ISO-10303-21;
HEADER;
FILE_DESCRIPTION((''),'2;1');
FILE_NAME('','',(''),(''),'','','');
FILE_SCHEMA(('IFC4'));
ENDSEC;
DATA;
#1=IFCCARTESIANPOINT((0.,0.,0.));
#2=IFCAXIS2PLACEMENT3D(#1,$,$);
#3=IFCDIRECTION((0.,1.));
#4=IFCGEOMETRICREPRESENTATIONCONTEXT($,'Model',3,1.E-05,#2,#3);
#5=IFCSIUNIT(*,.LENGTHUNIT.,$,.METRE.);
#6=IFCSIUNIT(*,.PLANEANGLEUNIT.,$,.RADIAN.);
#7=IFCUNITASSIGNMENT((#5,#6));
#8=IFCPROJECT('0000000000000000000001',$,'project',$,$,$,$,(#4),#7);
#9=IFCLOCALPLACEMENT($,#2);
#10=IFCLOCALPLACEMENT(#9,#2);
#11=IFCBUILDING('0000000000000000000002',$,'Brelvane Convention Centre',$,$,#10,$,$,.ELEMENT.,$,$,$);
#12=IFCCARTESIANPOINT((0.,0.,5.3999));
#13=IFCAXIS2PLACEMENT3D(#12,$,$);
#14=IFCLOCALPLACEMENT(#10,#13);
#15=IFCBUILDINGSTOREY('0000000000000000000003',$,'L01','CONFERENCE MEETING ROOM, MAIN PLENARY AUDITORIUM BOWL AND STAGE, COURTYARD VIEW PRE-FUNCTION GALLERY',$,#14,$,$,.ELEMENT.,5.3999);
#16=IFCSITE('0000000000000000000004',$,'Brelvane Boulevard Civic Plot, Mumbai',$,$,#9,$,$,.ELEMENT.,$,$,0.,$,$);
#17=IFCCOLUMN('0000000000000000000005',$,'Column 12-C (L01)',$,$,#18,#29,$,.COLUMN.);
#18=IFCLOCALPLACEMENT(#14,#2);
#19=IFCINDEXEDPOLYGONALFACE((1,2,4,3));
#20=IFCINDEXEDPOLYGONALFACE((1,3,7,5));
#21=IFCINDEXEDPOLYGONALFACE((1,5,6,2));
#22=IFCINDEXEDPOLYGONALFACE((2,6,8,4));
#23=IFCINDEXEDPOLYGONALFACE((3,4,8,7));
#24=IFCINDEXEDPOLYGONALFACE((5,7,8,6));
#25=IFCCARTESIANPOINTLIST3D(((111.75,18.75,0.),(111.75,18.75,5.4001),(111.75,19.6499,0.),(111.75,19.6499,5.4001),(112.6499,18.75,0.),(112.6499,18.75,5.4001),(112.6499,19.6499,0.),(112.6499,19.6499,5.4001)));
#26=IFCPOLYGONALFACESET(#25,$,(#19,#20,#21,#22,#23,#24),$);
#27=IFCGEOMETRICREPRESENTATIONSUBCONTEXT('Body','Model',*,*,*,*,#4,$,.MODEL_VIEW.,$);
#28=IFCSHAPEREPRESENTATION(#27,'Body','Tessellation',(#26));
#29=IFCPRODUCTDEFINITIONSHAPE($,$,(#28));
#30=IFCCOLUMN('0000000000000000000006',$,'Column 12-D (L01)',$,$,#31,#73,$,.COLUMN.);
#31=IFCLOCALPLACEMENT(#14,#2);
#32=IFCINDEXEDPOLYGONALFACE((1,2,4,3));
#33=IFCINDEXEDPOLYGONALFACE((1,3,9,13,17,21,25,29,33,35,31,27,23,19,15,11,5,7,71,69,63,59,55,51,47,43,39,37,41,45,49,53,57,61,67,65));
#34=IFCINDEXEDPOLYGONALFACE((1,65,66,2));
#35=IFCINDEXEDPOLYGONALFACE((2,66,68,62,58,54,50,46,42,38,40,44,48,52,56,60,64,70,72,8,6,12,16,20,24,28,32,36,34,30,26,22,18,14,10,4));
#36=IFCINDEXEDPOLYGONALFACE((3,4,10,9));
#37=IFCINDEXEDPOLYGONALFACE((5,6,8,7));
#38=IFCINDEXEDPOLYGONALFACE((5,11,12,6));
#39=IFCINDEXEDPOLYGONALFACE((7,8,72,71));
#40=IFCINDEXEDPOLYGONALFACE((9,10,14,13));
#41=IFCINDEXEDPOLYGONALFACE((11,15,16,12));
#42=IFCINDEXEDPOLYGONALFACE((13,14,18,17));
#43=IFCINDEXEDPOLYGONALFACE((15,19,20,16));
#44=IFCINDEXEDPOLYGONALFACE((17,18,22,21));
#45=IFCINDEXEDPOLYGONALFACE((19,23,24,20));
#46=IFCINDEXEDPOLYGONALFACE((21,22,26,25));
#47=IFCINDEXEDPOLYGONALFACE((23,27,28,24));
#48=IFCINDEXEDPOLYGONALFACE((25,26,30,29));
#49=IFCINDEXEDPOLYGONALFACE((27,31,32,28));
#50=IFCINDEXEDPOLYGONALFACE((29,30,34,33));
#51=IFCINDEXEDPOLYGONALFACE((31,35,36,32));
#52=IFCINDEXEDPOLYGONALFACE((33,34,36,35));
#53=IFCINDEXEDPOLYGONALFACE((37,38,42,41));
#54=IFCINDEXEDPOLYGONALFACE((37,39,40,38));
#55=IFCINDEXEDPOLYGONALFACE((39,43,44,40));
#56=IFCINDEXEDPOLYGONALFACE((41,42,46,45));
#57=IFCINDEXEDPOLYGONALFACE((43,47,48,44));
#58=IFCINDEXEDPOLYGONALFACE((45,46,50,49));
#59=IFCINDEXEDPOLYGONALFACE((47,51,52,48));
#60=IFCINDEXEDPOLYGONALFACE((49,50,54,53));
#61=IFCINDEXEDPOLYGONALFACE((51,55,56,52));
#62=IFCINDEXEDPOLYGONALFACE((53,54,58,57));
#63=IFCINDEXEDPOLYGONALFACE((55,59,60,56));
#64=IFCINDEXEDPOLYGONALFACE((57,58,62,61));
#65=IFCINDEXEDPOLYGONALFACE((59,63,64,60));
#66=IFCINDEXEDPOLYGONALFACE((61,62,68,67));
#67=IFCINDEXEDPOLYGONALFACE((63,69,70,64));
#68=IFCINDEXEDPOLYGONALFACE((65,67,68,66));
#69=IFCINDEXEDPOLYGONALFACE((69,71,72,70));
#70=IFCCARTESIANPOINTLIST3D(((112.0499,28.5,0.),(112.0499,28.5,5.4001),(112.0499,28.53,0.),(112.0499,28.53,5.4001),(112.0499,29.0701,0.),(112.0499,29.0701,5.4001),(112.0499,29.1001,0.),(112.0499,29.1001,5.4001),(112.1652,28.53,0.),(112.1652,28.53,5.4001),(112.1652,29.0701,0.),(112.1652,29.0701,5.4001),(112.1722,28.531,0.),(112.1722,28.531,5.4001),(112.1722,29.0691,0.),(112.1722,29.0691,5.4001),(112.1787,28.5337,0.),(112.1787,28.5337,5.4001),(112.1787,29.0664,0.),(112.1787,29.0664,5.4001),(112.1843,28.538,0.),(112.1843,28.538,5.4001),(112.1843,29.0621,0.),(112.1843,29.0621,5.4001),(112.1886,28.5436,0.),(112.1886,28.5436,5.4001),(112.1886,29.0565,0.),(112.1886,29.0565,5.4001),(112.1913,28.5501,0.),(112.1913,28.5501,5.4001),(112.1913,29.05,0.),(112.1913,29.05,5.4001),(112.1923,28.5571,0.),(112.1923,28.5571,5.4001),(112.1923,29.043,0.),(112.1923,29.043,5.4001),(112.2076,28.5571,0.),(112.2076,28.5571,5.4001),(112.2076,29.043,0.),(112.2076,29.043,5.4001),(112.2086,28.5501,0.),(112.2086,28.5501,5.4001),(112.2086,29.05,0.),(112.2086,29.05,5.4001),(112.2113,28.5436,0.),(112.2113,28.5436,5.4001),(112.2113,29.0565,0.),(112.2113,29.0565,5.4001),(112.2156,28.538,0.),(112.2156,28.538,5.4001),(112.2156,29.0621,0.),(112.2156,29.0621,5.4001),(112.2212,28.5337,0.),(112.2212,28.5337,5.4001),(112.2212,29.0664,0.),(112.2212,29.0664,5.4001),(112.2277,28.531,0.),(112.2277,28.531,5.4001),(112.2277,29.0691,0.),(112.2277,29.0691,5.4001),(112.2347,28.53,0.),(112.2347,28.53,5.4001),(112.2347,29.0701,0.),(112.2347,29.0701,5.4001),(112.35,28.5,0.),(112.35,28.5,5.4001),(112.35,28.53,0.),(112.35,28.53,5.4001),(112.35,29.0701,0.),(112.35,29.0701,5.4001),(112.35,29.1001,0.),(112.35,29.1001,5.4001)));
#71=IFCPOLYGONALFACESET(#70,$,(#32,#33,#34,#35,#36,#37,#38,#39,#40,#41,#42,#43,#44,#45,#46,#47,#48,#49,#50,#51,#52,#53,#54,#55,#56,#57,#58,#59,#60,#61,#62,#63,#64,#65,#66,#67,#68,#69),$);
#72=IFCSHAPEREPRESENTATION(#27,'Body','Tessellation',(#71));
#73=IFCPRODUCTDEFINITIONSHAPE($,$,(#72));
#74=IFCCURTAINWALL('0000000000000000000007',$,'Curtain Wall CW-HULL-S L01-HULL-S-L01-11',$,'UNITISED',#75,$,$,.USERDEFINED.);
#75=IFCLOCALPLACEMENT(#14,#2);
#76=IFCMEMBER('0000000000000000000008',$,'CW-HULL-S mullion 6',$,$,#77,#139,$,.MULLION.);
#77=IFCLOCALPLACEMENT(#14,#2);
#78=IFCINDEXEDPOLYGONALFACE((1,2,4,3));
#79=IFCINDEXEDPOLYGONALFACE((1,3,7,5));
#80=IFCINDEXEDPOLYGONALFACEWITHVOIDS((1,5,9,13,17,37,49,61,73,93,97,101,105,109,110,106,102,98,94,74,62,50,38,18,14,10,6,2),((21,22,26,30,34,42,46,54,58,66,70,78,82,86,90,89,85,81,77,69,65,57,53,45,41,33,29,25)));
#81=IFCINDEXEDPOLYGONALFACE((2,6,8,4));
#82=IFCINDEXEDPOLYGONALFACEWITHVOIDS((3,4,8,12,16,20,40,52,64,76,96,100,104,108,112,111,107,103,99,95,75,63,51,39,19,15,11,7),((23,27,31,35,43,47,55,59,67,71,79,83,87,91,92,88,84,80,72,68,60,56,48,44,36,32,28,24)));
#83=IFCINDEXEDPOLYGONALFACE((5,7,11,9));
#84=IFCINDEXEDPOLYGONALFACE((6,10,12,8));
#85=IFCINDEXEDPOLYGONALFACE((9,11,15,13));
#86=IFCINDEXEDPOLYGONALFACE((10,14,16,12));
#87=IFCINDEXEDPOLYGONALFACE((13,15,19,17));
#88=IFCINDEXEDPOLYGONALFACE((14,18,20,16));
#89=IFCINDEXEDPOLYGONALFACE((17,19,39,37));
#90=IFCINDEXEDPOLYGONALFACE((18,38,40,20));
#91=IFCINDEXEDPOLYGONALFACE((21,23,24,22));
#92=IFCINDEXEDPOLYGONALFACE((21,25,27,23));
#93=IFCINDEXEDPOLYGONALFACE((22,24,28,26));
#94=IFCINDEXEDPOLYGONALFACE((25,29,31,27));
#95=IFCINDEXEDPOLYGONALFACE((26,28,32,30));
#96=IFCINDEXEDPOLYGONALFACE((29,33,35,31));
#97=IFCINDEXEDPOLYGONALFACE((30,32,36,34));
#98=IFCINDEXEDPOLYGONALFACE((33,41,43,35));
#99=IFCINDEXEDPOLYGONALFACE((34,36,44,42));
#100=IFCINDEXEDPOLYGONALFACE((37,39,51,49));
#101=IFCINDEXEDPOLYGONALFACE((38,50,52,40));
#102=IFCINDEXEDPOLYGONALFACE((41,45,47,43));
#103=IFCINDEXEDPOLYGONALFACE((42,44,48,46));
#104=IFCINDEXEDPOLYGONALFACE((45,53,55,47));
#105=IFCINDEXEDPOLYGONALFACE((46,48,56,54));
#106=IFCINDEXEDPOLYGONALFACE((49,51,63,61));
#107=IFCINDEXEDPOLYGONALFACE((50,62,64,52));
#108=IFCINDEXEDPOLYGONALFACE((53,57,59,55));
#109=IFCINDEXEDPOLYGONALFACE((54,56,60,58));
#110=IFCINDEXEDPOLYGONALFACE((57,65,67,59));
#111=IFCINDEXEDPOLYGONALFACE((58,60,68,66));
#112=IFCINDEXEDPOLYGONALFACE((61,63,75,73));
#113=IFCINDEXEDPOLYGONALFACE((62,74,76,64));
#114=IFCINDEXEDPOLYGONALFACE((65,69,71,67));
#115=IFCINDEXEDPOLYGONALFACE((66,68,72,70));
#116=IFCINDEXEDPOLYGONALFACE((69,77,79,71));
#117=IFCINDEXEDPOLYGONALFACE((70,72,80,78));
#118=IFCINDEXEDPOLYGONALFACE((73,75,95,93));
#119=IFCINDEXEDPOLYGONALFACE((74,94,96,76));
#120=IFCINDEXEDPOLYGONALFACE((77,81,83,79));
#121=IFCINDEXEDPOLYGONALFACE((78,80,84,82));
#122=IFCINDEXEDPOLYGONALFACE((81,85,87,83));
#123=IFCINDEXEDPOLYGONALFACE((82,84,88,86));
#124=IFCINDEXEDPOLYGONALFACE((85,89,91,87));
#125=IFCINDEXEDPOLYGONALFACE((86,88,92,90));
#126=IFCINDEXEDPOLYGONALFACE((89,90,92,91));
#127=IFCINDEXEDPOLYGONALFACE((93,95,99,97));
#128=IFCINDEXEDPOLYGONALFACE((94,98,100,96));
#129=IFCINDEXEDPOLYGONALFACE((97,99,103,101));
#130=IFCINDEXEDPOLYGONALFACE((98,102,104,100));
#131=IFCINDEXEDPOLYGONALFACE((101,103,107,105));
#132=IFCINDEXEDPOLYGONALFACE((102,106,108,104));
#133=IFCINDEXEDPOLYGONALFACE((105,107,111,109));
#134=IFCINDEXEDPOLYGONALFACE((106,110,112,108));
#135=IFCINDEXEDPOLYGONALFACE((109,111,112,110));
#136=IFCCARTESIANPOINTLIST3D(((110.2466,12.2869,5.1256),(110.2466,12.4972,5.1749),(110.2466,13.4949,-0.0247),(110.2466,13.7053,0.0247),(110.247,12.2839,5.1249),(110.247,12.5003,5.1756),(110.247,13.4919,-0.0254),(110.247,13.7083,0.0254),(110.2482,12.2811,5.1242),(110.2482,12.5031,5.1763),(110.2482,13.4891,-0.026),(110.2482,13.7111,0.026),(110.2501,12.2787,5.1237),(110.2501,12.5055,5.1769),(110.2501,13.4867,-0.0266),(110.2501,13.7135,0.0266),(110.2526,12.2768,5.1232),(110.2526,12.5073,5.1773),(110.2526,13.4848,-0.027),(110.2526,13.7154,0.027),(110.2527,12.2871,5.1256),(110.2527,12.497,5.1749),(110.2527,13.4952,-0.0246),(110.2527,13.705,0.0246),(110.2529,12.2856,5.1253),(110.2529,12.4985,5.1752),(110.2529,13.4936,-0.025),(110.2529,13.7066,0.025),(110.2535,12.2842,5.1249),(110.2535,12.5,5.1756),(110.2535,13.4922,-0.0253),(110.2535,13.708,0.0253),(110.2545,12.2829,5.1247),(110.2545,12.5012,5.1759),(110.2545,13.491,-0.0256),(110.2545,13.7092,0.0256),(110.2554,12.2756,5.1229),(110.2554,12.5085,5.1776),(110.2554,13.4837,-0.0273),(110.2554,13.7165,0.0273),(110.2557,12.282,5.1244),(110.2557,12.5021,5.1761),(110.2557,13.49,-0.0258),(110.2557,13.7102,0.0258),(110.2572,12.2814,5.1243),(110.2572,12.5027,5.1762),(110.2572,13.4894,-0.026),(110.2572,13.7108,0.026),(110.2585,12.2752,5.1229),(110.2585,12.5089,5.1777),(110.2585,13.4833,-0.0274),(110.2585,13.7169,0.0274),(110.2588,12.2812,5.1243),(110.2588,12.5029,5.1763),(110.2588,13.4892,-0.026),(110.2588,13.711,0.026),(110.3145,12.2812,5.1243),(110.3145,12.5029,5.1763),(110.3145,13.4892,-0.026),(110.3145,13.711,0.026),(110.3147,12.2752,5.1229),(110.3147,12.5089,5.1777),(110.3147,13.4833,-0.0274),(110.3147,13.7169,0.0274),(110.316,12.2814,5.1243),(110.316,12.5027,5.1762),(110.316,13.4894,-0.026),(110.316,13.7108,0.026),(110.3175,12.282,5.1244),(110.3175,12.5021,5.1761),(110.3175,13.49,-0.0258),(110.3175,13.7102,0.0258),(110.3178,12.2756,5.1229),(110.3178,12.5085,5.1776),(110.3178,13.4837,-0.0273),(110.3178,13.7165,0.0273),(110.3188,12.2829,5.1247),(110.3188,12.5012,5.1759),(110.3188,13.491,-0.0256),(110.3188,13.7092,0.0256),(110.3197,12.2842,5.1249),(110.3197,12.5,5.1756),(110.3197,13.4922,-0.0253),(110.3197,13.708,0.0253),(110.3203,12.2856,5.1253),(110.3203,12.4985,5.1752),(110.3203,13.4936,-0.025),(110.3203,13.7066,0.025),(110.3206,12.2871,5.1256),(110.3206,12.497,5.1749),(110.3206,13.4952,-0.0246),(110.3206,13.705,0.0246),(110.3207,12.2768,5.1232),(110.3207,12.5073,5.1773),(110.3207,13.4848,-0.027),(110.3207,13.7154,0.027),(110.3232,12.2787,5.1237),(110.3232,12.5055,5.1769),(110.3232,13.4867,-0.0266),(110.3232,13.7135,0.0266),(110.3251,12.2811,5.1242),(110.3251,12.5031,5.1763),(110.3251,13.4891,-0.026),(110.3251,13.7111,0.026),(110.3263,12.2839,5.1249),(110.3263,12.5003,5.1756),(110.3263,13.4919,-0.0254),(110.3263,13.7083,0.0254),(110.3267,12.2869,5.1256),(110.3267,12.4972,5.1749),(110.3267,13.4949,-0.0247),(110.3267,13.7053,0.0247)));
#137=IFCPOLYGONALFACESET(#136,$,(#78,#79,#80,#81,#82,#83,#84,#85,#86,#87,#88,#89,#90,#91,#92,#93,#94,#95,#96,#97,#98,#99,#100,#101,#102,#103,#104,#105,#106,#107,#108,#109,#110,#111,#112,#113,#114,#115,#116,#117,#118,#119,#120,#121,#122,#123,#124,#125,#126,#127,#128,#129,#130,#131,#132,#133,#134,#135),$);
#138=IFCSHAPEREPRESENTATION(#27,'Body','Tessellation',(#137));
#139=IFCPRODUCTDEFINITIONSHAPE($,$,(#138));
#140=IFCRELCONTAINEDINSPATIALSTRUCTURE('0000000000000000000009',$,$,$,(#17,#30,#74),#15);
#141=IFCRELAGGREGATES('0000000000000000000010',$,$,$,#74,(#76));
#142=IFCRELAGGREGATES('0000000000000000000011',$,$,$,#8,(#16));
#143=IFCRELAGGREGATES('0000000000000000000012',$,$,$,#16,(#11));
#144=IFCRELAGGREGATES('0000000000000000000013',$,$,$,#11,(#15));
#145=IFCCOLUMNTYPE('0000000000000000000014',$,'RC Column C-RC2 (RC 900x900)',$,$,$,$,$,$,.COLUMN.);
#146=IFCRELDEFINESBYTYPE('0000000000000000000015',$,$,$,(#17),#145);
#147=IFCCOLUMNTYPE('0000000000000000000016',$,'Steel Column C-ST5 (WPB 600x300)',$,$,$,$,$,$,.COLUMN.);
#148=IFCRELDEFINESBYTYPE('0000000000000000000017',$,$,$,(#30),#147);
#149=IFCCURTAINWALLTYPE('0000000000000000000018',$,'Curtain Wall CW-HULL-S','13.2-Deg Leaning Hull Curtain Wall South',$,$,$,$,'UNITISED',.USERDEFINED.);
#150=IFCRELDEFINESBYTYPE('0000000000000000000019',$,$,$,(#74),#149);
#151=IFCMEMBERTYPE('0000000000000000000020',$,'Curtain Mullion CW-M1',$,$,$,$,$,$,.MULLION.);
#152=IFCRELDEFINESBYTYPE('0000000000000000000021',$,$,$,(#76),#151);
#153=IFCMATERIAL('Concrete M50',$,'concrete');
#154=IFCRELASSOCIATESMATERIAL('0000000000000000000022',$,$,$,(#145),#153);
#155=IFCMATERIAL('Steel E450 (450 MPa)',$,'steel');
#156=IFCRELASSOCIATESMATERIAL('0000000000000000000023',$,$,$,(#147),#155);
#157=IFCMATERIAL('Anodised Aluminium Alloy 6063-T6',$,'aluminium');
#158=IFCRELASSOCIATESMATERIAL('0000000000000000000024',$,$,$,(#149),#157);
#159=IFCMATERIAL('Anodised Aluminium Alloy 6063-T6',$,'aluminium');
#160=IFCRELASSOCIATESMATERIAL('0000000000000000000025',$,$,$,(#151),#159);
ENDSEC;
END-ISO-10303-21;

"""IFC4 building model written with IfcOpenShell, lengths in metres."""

from ifc_helpers import new_model, si_unit, direction, frame, origin, origin_2d, place, context, subcontext, project, spatial, rectangle, hollow_rectangle, i_section, extrude, material, material_profile, profile_set, type_object, element, aggregate, save


model = new_model("IFC4")

# Units and contexts
model_context = context("Model", 3, precision=1e-05, world=origin(), true_north=direction((0.0, 1.0)))
body_context = subcontext(model_context, "Body", "Model", "MODEL_VIEW")
ifc_project = project(units=[si_unit("LENGTHUNIT", "METRE"), si_unit("PLANEANGLEUNIT", "RADIAN")], contexts=[model_context])

# Site, building, storey
site_placement = place(None, origin())
site = spatial("IfcSite", under=ifc_project, at=site_placement, Name="Brelvane Boulevard Civic Plot, Mumbai", CompositionType="ELEMENT", RefElevation=0.0)
building_placement = place(site_placement, origin())
building = spatial("IfcBuilding", under=site, at=building_placement, Name="Brelvane Convention Centre", CompositionType="ELEMENT")
storey_placement = place(building_placement, frame((0.0, 0.0, 5.3999)))
storey = spatial("IfcBuildingStorey", under=building, at=storey_placement, Name="L01", Description="CONFERENCE MEETING ROOM, MAIN PLENARY AUDITORIUM BOWL AND STAGE, COURTYARD VIEW PRE-FUNCTION GALLERY", CompositionType="ELEMENT", Elevation=5.3999)

# Columns
ifc_material_1 = material(Name="Concrete M50", Category="concrete")
ifc_material_profile_1 = material_profile(ifc_material_1, rectangle(XDim=0.8999, YDim=0.8999, at=origin_2d()), Name="RC 900x900")
ifc_profile_set_1 = profile_set([ifc_material_profile_1], Name="Concrete M50")
column_type_1 = type_object("IfcColumnType", Name="RC Column C-RC2 (RC 900x900)", PredefinedType="COLUMN", material=ifc_profile_set_1)
column_1_placement = place(storey_placement, frame((112.2, 19.2, 0.0), z_axis=(0.0, 0.0, 1.0), x_axis=(1.0, 0.0, 0.0)))
element("IfcColumn", 1, at=column_1_placement, inside=storey, type_object=column_type_1, Name="Column 12-C (L01)", PredefinedType="COLUMN", context=body_context, shape_type="SweptSolid", body=[
    extrude(rectangle(XDim=0.8999, YDim=0.8999, at=origin_2d()), origin(), (0.0, 0.0, 1.0), 5.4001),
])
ifc_material_2 = material(Name="Steel E450 (450 MPa)", Category="steel")
ifc_material_profile_2 = material_profile(ifc_material_2, i_section(OverallWidth=0.3, OverallDepth=0.6001, WebThickness=0.0154, FlangeThickness=0.03, FilletRadius=0.0271, at=origin_2d()), Name="WPB 600x300")
ifc_profile_set_2 = profile_set([ifc_material_profile_2], Name="Steel E450 (450 MPa)")
column_type_2 = type_object("IfcColumnType", Name="Steel Column C-ST5 (WPB 600x300)", PredefinedType="COLUMN", material=ifc_profile_set_2)
column_2_placement = place(storey_placement, frame((112.2, 28.8, 0.0), z_axis=(0.0, 0.0, 1.0), x_axis=(1.0, 0.0, 0.0)))
element("IfcColumn", 2, at=column_2_placement, inside=storey, type_object=column_type_2, Name="Column 12-D (L01)", PredefinedType="COLUMN", context=body_context, shape_type="SweptSolid", body=[
    extrude(i_section(OverallWidth=0.3, OverallDepth=0.6001, WebThickness=0.0154, FlangeThickness=0.03, FilletRadius=0.0271, at=origin_2d()), origin(), (0.0, 0.0, 1.0), 5.4001),
])

# Curtain wall, member
ifc_material_3 = material(Name="Anodised Aluminium Alloy 6063-T6", Category="aluminium")
curtain_wall_type = type_object("IfcCurtainWallType", Name="Curtain Wall CW-HULL-S", Description="13.2-Deg Leaning Hull Curtain Wall South", ElementType="UNITISED", PredefinedType="USERDEFINED", material=ifc_material_3)
curtain_wall_1_placement = place(storey_placement, origin())
curtain_wall_1 = element("IfcCurtainWall", 3, at=curtain_wall_1_placement, inside=storey, type_object=curtain_wall_type, Name="Curtain Wall CW-HULL-S L01-HULL-S-L01-11", ObjectType="UNITISED", PredefinedType="USERDEFINED")
ifc_material_4 = material(Name="Anodised Aluminium Alloy 6063-T6", Category="aluminium")
ifc_material_profile_3 = material_profile(ifc_material_4, hollow_rectangle(XDim=0.0801, YDim=0.24, WallThickness=0.0061, InnerFilletRadius=0.0061, OuterFilletRadius=0.012, at=origin_2d()), Name="ALU-M 240x80x6.0")
ifc_profile_set_3 = profile_set([ifc_material_profile_3], Name="Anodised Aluminium Alloy 6063-T6")
member_type_1 = type_object("IfcMemberType", Name="Curtain Mullion CW-M1", PredefinedType="MULLION", material=ifc_profile_set_3)
member_1_placement = place(storey_placement, frame((110.2866, 13.6001, 0.0), z_axis=(0.0, -0.22836, 0.973577), x_axis=(1.0, 0.0, 0.0)))
member_1 = element("IfcMember", 4, at=member_1_placement, type_object=member_type_1, Name="CW-HULL-S mullion 6", PredefinedType="MULLION", context=body_context, shape_type="SweptSolid", body=[
    extrude(hollow_rectangle(XDim=0.0801, YDim=0.24, WallThickness=0.0061, InnerFilletRadius=0.0061, OuterFilletRadius=0.012, at=origin_2d()), origin(), (0.0, 0.0, 1.0), 5.29),
])

aggregate(curtain_wall_1, [member_1])

save(model, "model.ifc")
